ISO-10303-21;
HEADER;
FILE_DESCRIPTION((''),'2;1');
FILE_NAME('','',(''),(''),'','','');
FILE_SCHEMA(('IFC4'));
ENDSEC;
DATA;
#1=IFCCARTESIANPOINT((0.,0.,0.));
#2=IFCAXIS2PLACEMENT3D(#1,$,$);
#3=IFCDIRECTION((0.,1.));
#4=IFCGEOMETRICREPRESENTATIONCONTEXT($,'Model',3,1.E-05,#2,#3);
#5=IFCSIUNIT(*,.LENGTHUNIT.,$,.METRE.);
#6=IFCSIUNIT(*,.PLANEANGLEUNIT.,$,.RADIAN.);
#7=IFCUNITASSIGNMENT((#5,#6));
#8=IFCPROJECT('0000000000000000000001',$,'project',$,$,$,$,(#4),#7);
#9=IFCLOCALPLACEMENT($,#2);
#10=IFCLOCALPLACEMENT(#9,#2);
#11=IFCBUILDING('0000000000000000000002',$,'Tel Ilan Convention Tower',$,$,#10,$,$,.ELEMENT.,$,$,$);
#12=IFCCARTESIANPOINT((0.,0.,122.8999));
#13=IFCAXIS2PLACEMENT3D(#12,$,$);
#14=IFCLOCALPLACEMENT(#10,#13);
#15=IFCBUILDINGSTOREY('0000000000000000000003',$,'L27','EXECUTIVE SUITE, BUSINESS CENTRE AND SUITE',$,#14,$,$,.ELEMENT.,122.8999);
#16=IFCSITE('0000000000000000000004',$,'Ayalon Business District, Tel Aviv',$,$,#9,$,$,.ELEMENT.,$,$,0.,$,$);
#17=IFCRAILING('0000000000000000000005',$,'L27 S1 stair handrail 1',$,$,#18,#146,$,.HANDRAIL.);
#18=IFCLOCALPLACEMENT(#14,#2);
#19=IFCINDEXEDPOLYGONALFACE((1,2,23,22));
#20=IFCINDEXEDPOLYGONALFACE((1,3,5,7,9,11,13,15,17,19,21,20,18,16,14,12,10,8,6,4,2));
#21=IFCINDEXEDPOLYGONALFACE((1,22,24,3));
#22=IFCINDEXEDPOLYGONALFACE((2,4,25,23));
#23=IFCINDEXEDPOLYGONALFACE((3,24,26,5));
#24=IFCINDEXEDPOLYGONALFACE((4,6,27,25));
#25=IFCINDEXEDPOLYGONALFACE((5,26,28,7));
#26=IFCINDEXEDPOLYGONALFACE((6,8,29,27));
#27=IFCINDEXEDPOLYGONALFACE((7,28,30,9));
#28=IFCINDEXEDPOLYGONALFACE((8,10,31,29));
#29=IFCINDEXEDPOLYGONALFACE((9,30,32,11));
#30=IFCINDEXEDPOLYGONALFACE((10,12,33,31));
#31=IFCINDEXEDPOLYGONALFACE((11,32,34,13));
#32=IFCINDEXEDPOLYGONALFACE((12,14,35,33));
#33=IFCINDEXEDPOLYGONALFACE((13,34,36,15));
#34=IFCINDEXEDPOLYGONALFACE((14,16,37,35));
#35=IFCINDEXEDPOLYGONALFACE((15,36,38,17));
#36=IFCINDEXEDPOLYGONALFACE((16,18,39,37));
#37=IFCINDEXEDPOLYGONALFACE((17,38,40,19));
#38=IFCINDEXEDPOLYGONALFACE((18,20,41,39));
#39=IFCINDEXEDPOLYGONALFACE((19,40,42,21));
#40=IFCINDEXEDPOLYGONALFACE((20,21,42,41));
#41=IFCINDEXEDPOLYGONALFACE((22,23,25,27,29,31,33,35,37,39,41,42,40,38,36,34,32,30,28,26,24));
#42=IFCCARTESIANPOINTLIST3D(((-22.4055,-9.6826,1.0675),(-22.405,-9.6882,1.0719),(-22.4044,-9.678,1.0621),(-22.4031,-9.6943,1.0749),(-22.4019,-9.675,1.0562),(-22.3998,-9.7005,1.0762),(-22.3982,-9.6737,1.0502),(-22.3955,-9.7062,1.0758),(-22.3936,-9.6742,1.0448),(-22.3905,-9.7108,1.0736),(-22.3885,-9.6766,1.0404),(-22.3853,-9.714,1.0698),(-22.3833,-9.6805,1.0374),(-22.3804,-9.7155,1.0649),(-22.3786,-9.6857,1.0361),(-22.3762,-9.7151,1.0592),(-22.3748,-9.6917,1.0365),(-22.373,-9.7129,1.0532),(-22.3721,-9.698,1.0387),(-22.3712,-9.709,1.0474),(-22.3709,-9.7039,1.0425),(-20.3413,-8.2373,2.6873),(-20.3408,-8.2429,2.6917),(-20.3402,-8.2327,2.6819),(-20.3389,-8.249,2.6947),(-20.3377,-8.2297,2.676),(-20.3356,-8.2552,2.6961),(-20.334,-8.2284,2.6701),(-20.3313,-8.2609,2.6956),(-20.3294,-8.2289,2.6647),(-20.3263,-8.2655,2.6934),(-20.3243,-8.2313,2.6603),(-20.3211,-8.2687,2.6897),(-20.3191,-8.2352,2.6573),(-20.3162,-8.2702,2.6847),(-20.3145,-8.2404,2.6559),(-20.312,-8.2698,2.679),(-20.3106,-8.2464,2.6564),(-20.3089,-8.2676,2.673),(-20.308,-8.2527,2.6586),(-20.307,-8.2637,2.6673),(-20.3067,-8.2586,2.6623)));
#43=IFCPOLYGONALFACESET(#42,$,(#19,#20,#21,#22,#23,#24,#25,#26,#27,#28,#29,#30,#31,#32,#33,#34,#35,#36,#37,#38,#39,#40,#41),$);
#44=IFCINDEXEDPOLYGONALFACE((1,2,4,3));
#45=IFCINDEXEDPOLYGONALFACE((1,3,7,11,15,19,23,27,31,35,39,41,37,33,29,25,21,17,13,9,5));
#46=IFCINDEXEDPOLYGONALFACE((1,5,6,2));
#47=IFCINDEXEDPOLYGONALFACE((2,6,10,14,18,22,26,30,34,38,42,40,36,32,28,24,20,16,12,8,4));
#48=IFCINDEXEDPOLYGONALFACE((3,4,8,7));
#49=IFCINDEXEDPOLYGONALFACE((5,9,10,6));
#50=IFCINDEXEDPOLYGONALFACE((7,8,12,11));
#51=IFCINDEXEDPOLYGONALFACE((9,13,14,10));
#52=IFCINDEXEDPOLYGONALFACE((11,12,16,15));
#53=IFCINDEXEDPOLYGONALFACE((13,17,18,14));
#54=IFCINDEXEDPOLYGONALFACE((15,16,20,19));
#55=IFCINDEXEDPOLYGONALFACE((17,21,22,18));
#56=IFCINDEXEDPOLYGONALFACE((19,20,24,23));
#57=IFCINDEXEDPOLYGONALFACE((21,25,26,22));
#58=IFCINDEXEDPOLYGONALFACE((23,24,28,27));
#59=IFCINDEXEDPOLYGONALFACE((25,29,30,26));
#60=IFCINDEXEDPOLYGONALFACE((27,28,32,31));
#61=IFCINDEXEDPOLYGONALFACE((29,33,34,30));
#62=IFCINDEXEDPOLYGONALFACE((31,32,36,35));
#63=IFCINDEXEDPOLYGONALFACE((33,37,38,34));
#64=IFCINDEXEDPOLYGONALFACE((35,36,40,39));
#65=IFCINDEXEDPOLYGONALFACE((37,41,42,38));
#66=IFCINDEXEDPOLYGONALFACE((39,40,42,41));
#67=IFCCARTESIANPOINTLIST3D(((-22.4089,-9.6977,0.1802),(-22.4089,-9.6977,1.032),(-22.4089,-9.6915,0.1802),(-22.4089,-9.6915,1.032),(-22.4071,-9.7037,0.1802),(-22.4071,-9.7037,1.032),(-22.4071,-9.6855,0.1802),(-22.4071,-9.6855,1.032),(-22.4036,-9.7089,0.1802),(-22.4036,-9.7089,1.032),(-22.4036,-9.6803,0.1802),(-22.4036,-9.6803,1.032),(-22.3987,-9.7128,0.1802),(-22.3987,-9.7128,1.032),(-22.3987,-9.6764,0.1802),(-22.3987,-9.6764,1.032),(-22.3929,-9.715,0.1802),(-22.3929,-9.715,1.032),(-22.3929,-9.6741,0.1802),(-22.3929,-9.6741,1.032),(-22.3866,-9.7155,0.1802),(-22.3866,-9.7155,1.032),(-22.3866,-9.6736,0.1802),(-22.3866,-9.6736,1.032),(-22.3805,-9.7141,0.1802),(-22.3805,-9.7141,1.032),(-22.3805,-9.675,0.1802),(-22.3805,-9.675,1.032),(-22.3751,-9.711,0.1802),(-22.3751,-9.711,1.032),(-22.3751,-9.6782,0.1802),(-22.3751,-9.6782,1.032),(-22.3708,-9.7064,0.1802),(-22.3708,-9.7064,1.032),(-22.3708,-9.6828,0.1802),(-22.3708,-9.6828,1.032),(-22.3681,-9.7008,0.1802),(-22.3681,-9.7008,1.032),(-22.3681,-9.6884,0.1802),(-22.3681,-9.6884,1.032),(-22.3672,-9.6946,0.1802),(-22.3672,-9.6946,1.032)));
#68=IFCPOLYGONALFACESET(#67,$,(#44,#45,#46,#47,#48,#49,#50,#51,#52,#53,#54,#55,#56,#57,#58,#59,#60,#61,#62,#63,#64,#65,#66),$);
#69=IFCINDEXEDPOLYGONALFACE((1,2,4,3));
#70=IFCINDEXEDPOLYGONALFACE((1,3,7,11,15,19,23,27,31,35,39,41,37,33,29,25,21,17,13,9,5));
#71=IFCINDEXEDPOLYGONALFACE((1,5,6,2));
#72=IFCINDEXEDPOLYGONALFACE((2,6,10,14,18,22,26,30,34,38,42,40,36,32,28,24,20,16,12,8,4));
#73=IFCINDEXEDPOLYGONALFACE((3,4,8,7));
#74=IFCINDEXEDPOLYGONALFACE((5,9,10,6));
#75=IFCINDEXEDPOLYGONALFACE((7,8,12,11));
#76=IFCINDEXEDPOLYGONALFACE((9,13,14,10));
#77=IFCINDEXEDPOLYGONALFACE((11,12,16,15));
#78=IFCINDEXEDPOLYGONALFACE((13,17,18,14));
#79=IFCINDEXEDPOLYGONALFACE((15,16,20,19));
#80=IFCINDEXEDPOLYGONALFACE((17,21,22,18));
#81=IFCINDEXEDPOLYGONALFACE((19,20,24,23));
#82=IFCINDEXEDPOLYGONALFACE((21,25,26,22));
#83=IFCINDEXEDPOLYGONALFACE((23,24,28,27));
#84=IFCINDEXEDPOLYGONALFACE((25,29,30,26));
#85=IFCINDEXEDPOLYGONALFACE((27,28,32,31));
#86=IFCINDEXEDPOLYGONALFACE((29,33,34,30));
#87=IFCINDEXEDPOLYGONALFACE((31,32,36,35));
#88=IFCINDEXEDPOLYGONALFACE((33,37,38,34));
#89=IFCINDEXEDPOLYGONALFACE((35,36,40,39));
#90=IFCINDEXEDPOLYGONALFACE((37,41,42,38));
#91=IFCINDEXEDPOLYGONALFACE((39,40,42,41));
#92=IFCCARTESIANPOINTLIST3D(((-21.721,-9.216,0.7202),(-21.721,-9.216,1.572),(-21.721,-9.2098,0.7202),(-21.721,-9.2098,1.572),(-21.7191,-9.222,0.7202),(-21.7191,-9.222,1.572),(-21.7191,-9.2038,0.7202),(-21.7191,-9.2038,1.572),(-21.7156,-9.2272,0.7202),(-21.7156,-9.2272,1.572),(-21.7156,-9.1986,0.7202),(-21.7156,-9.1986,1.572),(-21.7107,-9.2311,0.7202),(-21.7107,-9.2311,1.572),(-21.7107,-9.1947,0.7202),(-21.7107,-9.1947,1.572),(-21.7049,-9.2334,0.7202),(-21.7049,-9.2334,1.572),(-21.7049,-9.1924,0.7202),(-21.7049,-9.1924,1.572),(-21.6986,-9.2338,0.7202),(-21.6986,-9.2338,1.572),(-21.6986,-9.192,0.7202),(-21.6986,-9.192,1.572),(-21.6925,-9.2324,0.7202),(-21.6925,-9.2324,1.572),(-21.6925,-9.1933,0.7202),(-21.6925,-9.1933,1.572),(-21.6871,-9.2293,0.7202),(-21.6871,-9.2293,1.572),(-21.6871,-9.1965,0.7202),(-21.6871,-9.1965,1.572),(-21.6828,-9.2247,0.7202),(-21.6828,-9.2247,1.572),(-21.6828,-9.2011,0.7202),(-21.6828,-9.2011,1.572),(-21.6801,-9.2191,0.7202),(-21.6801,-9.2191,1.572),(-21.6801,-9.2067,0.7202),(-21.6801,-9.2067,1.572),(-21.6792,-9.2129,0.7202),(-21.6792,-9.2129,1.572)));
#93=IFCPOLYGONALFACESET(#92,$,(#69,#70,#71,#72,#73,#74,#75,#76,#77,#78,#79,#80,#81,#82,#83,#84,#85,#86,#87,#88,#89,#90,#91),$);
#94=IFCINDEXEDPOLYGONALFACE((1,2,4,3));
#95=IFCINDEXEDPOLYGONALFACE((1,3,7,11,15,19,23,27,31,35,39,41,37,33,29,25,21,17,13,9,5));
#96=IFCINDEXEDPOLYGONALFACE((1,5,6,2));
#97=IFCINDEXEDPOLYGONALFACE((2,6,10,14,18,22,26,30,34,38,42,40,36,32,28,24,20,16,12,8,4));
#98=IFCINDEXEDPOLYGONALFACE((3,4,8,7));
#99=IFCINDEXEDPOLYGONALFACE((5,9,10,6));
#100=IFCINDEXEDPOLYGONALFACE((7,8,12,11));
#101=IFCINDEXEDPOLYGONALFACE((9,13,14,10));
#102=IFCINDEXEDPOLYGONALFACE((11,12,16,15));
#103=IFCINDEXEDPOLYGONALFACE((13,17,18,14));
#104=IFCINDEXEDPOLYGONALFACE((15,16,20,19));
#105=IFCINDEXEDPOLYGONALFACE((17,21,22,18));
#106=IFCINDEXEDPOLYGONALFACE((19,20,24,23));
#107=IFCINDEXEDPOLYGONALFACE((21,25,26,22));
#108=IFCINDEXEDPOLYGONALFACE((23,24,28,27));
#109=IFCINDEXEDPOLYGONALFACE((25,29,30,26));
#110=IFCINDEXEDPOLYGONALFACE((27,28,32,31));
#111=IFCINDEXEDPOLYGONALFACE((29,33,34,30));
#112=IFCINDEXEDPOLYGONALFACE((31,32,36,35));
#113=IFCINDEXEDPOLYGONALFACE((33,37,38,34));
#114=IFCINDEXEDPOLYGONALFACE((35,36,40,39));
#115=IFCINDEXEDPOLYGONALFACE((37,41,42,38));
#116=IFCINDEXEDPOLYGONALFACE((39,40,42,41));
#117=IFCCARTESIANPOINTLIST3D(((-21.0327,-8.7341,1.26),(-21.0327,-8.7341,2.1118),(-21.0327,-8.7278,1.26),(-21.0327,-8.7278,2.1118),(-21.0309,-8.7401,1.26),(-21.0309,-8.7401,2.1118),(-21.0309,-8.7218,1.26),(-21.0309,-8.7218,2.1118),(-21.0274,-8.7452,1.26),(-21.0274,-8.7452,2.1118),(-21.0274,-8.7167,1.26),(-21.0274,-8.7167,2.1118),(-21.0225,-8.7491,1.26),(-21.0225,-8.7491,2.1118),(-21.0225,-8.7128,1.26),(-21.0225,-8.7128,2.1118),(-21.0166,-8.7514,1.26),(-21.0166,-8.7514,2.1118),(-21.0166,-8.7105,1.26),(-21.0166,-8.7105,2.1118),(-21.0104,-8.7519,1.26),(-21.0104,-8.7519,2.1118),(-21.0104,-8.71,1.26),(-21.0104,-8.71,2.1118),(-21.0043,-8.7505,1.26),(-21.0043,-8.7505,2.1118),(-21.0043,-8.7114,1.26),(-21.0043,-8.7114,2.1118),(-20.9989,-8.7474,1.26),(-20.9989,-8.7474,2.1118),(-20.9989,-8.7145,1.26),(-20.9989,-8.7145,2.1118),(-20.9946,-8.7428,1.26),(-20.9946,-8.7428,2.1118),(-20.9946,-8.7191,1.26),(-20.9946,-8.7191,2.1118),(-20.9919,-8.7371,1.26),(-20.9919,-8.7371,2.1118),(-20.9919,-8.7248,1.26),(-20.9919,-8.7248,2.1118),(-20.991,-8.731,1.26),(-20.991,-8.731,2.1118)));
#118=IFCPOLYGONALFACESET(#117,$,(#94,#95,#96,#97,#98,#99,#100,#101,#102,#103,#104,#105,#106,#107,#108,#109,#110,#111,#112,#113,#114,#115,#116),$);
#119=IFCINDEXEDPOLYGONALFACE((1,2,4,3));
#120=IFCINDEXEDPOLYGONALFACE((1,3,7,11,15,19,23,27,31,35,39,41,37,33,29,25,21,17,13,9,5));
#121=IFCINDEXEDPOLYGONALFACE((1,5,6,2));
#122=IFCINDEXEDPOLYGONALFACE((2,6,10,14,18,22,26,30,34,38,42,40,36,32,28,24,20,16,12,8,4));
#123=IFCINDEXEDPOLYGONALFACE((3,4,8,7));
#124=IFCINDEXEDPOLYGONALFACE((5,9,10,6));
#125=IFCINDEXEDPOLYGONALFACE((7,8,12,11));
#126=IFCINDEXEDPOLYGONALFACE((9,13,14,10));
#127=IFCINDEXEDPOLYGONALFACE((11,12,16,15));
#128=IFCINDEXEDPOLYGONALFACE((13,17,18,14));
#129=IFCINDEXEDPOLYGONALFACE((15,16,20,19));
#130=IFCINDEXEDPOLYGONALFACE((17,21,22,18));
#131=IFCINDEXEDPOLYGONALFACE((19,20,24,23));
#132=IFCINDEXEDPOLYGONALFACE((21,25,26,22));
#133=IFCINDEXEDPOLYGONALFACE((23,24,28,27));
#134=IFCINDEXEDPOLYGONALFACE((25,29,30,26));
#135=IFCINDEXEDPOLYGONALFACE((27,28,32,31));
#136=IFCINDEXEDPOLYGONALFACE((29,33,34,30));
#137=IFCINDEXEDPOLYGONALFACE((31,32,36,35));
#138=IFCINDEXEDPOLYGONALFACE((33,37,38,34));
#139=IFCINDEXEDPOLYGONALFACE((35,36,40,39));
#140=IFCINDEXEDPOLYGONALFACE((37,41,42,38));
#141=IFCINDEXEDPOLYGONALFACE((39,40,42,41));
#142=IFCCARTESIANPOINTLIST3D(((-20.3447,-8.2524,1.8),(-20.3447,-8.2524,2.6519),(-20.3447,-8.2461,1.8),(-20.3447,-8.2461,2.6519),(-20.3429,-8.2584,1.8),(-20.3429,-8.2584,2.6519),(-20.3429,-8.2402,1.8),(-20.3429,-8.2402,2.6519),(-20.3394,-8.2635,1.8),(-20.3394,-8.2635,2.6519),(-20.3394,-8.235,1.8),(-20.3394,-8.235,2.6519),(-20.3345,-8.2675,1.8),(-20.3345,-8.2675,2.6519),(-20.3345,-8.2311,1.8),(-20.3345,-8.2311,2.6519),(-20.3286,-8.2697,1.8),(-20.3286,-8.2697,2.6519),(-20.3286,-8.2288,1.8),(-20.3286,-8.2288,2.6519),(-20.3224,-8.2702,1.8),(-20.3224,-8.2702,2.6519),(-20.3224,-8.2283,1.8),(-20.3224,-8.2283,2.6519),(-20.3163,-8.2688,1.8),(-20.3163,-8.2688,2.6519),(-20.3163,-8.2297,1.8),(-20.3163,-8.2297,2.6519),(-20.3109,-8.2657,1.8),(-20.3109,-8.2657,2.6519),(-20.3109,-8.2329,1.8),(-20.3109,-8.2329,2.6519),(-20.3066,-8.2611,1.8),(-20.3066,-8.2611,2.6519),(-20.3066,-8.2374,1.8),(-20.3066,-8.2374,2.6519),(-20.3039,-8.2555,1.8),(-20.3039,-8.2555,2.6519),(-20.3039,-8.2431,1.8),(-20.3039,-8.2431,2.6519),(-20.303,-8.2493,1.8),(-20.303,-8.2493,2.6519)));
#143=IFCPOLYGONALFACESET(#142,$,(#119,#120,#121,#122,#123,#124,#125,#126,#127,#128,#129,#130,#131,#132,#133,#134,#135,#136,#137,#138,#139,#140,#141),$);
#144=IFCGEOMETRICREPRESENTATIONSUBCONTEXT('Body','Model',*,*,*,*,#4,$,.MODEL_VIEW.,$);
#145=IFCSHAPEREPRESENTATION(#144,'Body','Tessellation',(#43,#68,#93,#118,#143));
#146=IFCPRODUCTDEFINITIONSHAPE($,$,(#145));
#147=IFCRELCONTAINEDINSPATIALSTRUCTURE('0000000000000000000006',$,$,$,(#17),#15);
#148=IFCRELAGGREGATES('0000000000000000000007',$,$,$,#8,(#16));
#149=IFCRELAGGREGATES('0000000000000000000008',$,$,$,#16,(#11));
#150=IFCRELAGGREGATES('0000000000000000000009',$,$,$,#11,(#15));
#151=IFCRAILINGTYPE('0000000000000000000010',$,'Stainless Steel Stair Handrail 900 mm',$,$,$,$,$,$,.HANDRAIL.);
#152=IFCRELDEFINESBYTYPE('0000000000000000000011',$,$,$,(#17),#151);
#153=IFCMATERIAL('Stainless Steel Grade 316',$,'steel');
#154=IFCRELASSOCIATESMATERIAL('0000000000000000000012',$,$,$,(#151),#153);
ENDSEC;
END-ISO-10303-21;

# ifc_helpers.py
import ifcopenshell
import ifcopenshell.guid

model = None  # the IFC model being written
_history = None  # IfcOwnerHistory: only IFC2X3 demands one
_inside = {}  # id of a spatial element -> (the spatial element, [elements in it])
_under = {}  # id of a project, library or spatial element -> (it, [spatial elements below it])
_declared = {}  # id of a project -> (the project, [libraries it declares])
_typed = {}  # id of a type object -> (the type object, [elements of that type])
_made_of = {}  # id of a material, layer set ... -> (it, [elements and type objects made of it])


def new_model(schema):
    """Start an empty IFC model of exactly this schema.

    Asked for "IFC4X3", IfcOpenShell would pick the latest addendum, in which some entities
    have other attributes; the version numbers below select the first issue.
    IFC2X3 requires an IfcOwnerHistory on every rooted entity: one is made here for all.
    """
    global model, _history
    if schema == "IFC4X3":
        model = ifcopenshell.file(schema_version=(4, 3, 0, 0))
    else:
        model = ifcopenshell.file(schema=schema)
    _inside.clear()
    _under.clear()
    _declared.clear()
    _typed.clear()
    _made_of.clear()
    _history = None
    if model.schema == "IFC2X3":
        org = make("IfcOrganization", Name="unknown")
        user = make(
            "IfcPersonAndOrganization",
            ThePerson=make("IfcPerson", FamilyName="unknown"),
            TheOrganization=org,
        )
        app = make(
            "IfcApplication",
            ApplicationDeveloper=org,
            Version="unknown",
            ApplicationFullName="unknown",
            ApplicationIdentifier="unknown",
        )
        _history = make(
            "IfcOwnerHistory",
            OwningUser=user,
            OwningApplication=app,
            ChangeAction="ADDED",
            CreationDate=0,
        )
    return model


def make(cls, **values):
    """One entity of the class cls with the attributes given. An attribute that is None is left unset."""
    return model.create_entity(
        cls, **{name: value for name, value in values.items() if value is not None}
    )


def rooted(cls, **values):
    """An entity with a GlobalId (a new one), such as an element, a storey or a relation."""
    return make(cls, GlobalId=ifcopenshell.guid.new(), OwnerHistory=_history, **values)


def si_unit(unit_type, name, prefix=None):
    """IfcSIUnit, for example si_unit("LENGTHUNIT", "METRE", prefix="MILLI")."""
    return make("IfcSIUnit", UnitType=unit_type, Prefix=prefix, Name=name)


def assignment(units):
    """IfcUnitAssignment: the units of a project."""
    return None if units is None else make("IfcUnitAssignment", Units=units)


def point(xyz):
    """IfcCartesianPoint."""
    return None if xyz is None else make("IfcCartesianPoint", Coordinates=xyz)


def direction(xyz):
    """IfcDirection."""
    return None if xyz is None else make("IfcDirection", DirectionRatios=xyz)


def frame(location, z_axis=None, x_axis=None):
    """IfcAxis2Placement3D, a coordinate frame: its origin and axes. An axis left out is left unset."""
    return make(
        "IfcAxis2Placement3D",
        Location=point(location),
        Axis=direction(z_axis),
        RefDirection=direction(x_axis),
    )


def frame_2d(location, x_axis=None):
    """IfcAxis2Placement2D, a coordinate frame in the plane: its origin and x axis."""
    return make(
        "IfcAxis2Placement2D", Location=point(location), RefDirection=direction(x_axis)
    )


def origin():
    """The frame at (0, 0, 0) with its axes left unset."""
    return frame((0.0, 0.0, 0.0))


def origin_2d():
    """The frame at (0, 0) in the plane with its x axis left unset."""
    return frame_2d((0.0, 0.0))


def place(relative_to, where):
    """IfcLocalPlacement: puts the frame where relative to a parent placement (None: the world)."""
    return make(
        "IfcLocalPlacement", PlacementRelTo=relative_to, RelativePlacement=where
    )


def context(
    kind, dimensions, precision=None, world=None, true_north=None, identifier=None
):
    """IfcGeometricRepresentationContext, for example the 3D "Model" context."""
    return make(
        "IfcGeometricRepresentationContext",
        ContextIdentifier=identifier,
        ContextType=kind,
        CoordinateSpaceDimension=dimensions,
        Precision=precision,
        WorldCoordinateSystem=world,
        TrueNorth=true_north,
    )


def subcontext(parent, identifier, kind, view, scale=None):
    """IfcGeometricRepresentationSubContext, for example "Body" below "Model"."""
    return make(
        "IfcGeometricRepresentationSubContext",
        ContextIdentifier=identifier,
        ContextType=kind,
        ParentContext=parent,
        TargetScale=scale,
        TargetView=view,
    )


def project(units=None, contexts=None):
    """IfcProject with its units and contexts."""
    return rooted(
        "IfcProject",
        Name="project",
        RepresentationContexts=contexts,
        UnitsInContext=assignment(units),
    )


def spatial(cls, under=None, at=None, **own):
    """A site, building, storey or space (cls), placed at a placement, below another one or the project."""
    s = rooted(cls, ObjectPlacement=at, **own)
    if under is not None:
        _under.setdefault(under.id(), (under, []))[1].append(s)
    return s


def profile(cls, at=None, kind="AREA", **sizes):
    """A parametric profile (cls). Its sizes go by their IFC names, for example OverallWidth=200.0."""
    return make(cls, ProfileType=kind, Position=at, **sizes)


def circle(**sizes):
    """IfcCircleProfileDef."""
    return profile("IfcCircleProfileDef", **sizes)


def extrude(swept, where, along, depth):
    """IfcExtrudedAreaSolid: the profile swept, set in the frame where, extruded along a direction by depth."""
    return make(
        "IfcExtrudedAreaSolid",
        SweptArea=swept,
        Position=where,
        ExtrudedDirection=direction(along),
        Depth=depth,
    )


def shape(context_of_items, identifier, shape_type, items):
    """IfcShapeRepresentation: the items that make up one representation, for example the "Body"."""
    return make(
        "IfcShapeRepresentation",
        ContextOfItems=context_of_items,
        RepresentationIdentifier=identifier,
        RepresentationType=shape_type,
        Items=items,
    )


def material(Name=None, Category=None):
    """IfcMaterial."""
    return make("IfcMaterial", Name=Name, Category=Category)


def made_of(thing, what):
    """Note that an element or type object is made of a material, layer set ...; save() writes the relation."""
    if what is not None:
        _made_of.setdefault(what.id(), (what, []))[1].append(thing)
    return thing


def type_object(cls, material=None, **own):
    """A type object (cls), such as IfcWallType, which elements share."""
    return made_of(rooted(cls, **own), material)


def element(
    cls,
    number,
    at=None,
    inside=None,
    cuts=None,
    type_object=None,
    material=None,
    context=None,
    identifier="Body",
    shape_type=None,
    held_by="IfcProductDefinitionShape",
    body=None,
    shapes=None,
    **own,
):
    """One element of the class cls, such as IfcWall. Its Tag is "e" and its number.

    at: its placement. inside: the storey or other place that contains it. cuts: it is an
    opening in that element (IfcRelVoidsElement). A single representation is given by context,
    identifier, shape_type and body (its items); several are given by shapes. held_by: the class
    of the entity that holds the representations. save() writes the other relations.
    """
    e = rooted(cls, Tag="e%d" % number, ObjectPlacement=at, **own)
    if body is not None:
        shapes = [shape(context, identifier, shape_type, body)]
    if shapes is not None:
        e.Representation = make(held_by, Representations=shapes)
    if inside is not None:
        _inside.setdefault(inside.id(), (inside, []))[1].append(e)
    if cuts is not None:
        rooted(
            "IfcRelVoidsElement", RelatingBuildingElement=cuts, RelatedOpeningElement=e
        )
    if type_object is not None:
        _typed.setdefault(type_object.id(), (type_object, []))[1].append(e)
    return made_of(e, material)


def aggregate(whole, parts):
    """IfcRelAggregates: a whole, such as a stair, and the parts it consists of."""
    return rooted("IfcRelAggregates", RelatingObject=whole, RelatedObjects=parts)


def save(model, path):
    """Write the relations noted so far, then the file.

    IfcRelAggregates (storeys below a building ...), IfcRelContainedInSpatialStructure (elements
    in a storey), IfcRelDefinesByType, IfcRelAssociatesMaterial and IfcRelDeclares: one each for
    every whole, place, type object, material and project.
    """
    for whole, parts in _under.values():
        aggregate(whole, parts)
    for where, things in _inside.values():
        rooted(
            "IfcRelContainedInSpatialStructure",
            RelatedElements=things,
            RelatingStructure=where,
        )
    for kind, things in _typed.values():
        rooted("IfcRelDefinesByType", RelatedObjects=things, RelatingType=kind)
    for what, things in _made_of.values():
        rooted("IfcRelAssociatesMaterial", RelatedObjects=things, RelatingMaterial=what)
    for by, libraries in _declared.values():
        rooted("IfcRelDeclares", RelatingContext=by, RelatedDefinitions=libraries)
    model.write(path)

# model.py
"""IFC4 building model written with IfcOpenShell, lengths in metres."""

from ifc_helpers import new_model, si_unit, direction, frame, origin, origin_2d, place, context, subcontext, project, spatial, circle, extrude, material, type_object, element, save


model = new_model("IFC4")

# Units and contexts
model_context = context("Model", 3, precision=1e-05, world=origin(), true_north=direction((0.0, 1.0)))
body_context = subcontext(model_context, "Body", "Model", "MODEL_VIEW")
ifc_project = project(units=[si_unit("LENGTHUNIT", "METRE"), si_unit("PLANEANGLEUNIT", "RADIAN")], contexts=[model_context])

# Site, building, storey
site_placement = place(None, origin())
site = spatial("IfcSite", under=ifc_project, at=site_placement, Name="Ayalon Business District, Tel Aviv", CompositionType="ELEMENT", RefElevation=0.0)
building_placement = place(site_placement, origin())
building = spatial("IfcBuilding", under=site, at=building_placement, Name="Tel Ilan Convention Tower", CompositionType="ELEMENT")
storey_placement = place(building_placement, frame((0.0, 0.0, 122.8999)))
storey = spatial("IfcBuildingStorey", under=building, at=storey_placement, Name="L27", Description="EXECUTIVE SUITE, BUSINESS CENTRE AND SUITE", CompositionType="ELEMENT", Elevation=122.8999)

# Railing
ifc_material_1 = material(Name="Stainless Steel Grade 316", Category="steel")
railing_type_1 = type_object("IfcRailingType", Name="Stainless Steel Stair Handrail 900 mm", PredefinedType="HANDRAIL", material=ifc_material_1)
railing_1_placement = place(storey_placement, frame((-22.3882, -9.6946, 0.1802)))
element("IfcRailing", 1, at=railing_1_placement, inside=storey, type_object=railing_type_1, Name="L27 S1 stair handrail 1", PredefinedType="HANDRAIL", context=body_context, shape_type="SweptSolid", body=[
    extrude(circle(Radius=0.0239, at=origin_2d()), frame((0.0, 0.0, 0.876), z_axis=(0.68907, 0.482472, 0.540743), x_axis=(-0.57356, 0.819164, 0.0)), (0.0, 0.0, 1.0), 2.9956),
    extrude(circle(Radius=0.021, at=origin_2d()), origin(), (0.0, 0.0, 1.0), 0.8518),
    extrude(circle(Radius=0.021, at=origin_2d()), frame((0.688, 0.4817, 0.54)), (0.0, 0.0, 1.0), 0.8518),
    extrude(circle(Radius=0.021, at=origin_2d()), frame((1.3762, 0.9636, 1.0798)), (0.0, 0.0, 1.0), 0.8518),
    extrude(circle(Radius=0.021, at=origin_2d()), frame((2.0642, 1.4453, 1.6199)), (0.0, 0.0, 1.0), 0.8518),
])

save(model, "model.ifc")
